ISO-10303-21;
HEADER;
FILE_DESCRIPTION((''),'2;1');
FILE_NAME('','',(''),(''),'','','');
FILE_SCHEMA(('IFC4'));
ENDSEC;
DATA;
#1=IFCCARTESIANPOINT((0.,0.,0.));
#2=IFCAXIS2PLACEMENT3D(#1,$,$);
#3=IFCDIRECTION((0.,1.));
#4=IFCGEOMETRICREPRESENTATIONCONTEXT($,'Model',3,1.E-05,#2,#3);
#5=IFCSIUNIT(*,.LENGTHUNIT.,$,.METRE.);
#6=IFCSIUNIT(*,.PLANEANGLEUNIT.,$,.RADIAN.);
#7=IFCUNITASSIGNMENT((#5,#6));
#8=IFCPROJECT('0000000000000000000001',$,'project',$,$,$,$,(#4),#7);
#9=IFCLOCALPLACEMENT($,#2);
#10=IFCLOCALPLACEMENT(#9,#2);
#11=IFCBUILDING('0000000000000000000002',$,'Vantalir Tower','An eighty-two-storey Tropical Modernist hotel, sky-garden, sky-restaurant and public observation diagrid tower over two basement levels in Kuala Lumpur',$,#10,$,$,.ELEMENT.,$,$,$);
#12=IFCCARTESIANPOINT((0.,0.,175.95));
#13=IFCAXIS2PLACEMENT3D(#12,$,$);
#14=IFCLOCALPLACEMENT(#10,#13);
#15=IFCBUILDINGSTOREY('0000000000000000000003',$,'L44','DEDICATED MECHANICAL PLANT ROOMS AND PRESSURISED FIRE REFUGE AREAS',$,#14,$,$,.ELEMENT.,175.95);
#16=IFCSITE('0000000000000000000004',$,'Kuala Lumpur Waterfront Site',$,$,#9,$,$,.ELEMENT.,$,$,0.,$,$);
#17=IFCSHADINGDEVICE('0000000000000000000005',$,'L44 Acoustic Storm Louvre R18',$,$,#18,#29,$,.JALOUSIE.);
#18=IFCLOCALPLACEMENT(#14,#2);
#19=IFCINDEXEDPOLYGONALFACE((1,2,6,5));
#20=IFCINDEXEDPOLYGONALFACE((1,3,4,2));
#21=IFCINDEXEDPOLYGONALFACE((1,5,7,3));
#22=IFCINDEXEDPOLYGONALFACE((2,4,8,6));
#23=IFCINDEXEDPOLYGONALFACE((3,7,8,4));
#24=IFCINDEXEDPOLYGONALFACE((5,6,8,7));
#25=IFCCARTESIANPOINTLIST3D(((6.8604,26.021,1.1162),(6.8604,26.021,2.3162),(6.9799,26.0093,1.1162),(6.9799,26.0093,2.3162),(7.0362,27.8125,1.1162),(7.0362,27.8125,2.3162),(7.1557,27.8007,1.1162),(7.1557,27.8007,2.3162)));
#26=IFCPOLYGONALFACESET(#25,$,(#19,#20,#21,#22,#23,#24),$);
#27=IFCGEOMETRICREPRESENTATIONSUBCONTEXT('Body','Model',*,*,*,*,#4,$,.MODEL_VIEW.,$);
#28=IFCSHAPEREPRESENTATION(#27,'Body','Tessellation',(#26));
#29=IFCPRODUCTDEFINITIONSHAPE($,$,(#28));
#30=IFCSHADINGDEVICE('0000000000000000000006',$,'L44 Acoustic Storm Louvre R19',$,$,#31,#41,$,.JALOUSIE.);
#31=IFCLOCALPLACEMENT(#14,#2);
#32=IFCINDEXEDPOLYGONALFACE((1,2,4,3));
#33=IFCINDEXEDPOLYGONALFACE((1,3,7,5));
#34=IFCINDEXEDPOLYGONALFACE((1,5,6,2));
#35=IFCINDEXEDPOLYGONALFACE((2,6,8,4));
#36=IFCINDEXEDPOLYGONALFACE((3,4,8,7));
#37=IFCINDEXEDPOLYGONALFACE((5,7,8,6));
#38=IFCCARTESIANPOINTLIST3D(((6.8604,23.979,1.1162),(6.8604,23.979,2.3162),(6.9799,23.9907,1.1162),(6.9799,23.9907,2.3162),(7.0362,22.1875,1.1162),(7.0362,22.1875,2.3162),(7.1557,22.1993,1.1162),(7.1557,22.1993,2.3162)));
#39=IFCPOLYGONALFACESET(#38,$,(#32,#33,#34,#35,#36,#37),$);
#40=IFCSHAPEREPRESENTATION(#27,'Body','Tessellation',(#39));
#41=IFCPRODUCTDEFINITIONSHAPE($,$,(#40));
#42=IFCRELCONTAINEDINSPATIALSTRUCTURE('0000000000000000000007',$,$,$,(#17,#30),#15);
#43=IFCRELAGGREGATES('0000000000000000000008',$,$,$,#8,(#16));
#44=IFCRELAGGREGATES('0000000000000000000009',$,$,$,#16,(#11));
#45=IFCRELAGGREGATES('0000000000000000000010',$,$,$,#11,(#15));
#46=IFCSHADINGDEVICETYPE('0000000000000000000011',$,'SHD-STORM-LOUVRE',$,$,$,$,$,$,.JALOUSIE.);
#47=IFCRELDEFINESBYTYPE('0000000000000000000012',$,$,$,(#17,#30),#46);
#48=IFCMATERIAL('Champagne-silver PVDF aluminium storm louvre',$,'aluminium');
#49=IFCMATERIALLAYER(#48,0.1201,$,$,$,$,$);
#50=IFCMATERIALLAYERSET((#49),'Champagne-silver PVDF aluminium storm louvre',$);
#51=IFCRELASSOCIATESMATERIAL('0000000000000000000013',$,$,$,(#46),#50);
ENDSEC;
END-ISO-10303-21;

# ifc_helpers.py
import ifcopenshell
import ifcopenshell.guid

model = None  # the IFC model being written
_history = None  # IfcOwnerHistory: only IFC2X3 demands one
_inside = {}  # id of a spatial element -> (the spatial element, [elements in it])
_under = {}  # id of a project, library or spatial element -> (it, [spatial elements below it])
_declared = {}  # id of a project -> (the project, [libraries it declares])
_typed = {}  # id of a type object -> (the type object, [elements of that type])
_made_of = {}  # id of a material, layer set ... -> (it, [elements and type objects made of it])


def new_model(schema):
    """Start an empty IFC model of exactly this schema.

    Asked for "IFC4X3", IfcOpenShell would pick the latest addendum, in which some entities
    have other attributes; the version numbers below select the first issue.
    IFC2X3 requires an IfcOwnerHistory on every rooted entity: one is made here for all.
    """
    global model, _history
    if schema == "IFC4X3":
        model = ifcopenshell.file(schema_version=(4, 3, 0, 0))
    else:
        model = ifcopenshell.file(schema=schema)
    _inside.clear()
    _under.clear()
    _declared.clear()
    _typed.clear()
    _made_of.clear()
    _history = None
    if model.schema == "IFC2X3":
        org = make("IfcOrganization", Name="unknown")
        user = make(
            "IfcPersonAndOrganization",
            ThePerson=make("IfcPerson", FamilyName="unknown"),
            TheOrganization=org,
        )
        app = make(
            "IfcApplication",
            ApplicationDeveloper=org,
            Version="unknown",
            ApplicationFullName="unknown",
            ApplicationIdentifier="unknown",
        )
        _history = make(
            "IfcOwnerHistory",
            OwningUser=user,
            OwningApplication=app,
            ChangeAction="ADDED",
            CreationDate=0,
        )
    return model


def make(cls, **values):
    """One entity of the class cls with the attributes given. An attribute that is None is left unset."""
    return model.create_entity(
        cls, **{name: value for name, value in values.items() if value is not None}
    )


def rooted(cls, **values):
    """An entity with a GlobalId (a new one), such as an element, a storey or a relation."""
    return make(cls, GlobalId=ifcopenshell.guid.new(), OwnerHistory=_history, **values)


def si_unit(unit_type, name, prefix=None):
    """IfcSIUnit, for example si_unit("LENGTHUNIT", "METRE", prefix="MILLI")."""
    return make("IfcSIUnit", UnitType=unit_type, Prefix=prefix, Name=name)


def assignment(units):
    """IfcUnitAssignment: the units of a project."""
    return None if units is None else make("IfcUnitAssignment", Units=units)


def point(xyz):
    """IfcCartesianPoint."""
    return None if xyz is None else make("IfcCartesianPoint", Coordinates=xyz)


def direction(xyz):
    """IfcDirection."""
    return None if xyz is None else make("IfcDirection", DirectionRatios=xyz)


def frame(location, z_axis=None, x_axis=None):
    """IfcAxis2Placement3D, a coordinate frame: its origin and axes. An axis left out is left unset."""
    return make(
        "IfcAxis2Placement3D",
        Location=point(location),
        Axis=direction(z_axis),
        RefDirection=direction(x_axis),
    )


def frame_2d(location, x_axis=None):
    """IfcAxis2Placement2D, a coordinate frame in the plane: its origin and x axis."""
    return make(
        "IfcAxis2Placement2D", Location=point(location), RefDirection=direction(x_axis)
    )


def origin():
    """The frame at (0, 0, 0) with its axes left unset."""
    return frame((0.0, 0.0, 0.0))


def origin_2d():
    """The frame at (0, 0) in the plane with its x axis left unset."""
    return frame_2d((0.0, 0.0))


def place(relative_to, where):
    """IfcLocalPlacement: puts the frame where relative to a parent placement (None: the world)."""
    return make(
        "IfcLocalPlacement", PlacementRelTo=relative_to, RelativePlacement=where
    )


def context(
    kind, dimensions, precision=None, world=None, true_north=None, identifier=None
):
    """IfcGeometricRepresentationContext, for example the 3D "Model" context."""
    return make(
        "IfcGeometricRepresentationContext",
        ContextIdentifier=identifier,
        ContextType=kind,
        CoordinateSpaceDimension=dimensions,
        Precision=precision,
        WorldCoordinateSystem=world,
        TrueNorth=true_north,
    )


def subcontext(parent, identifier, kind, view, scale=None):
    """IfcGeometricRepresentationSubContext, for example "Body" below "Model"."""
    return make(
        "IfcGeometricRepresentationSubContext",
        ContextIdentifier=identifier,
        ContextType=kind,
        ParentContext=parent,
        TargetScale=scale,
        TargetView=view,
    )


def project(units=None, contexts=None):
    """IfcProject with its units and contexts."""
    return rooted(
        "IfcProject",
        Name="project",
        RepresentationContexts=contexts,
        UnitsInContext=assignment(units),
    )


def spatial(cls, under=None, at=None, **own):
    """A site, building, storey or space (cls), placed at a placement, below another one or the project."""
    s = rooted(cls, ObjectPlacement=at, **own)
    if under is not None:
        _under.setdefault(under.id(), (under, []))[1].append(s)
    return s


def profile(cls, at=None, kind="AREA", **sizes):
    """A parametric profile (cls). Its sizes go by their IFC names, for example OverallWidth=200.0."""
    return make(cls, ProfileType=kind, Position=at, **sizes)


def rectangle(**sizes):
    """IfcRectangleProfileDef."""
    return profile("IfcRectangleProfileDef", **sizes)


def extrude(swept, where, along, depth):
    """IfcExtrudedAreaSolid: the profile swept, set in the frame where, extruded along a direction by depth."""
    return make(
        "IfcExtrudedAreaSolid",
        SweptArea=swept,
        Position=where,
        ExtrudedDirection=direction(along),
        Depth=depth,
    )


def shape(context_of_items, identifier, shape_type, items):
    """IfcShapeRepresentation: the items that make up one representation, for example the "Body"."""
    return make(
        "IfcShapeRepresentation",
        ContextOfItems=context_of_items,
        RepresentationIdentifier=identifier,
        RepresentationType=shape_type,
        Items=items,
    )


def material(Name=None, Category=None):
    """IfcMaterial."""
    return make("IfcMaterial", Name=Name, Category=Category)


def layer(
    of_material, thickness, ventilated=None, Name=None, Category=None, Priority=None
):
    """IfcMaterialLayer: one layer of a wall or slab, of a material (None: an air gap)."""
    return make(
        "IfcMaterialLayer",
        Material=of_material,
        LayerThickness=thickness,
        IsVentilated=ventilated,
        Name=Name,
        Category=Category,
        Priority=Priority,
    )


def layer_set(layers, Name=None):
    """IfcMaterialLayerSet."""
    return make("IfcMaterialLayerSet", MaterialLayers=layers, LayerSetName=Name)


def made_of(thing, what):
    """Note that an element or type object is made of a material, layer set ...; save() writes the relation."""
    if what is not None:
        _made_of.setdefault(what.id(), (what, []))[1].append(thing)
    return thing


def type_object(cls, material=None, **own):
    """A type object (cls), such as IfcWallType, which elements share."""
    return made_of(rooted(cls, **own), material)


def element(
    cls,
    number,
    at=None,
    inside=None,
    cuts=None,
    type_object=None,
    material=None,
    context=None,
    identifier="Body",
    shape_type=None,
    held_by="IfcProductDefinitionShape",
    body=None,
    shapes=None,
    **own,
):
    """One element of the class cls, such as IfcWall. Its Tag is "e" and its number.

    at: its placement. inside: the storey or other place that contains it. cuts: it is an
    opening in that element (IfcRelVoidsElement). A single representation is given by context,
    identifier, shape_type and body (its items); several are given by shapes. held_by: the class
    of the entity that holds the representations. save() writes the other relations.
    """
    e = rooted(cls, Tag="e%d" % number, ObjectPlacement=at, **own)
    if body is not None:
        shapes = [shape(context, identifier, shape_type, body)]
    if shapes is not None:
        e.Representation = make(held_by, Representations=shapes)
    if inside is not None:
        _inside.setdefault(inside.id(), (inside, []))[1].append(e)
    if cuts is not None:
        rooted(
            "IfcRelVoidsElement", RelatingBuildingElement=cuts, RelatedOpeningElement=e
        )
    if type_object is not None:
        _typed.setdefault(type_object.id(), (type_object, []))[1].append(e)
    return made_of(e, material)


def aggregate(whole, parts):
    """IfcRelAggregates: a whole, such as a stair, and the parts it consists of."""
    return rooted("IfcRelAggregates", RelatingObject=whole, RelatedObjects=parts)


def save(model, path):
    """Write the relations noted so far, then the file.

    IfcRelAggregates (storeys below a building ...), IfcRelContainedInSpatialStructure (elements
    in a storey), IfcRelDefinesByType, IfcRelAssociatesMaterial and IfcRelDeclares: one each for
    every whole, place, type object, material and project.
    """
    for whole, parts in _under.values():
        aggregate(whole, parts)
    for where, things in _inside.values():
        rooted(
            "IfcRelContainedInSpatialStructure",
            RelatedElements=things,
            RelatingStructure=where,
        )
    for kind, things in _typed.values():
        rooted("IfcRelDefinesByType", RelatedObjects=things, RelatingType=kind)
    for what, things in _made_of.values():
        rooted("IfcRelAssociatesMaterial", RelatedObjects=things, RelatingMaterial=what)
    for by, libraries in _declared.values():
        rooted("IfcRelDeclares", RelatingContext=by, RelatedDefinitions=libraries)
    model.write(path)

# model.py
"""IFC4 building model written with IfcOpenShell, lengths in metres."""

from ifc_helpers import new_model, si_unit, direction, frame, origin, origin_2d, place, context, subcontext, project, spatial, rectangle, extrude, material, layer, layer_set, type_object, element, save


model = new_model("IFC4")

# Units and contexts
model_context = context("Model", 3, precision=1e-05, world=origin(), true_north=direction((0.0, 1.0)))
body_context = subcontext(model_context, "Body", "Model", "MODEL_VIEW")
ifc_project = project(units=[si_unit("LENGTHUNIT", "METRE"), si_unit("PLANEANGLEUNIT", "RADIAN")], contexts=[model_context])

# Site, building, storey
site_placement = place(None, origin())
site = spatial("IfcSite", under=ifc_project, at=site_placement, Name="Kuala Lumpur Waterfront Site", CompositionType="ELEMENT", RefElevation=0.0)
building_placement = place(site_placement, origin())
building = spatial("IfcBuilding", under=site, at=building_placement, Name="Vantalir Tower", Description="An eighty-two-storey Tropical Modernist hotel, sky-garden, sky-restaurant and public observation diagrid tower over two basement levels in Kuala Lumpur", CompositionType="ELEMENT")
storey_placement = place(building_placement, frame((0.0, 0.0, 175.95)))
storey = spatial("IfcBuildingStorey", under=building, at=storey_placement, Name="L44", Description="DEDICATED MECHANICAL PLANT ROOMS AND PRESSURISED FIRE REFUGE AREAS", CompositionType="ELEMENT", Elevation=175.95)

# Shading devices
ifc_material_1 = material(Name="Champagne-silver PVDF aluminium storm louvre", Category="aluminium")
ifc_layer_1 = layer(ifc_material_1, 0.1201)
ifc_layer_set_1 = layer_set([ifc_layer_1], Name="Champagne-silver PVDF aluminium storm louvre")
shading_device_type = type_object("IfcShadingDeviceType", Name="SHD-STORM-LOUVRE", PredefinedType="JALOUSIE", material=ifc_layer_set_1)
for number, where, z_axis, x_axis, name in (
    (1, (7.0081, 26.9109, 1.1162), (0.0, 0.0, 1.0), (-0.097652, -0.995221, 0.0), "L44 Acoustic Storm Louvre R18"),
    (2, (7.0081, 23.0891, 1.1162), (0.0, 0.0, 1.0), (0.097652, -0.995221, 0.0), "L44 Acoustic Storm Louvre R19"),
):
    element("IfcShadingDevice", number, at=place(storey_placement, frame(where, z_axis=z_axis, x_axis=x_axis)), inside=storey, type_object=shading_device_type, Name=name, PredefinedType="JALOUSIE", context=body_context, shape_type="SweptSolid", body=[
        extrude(rectangle(XDim=1.8, YDim=0.1201, at=origin_2d()), origin(), (0.0, 0.0, 1.0), 1.2),
    ])

save(model, "model.ifc")
